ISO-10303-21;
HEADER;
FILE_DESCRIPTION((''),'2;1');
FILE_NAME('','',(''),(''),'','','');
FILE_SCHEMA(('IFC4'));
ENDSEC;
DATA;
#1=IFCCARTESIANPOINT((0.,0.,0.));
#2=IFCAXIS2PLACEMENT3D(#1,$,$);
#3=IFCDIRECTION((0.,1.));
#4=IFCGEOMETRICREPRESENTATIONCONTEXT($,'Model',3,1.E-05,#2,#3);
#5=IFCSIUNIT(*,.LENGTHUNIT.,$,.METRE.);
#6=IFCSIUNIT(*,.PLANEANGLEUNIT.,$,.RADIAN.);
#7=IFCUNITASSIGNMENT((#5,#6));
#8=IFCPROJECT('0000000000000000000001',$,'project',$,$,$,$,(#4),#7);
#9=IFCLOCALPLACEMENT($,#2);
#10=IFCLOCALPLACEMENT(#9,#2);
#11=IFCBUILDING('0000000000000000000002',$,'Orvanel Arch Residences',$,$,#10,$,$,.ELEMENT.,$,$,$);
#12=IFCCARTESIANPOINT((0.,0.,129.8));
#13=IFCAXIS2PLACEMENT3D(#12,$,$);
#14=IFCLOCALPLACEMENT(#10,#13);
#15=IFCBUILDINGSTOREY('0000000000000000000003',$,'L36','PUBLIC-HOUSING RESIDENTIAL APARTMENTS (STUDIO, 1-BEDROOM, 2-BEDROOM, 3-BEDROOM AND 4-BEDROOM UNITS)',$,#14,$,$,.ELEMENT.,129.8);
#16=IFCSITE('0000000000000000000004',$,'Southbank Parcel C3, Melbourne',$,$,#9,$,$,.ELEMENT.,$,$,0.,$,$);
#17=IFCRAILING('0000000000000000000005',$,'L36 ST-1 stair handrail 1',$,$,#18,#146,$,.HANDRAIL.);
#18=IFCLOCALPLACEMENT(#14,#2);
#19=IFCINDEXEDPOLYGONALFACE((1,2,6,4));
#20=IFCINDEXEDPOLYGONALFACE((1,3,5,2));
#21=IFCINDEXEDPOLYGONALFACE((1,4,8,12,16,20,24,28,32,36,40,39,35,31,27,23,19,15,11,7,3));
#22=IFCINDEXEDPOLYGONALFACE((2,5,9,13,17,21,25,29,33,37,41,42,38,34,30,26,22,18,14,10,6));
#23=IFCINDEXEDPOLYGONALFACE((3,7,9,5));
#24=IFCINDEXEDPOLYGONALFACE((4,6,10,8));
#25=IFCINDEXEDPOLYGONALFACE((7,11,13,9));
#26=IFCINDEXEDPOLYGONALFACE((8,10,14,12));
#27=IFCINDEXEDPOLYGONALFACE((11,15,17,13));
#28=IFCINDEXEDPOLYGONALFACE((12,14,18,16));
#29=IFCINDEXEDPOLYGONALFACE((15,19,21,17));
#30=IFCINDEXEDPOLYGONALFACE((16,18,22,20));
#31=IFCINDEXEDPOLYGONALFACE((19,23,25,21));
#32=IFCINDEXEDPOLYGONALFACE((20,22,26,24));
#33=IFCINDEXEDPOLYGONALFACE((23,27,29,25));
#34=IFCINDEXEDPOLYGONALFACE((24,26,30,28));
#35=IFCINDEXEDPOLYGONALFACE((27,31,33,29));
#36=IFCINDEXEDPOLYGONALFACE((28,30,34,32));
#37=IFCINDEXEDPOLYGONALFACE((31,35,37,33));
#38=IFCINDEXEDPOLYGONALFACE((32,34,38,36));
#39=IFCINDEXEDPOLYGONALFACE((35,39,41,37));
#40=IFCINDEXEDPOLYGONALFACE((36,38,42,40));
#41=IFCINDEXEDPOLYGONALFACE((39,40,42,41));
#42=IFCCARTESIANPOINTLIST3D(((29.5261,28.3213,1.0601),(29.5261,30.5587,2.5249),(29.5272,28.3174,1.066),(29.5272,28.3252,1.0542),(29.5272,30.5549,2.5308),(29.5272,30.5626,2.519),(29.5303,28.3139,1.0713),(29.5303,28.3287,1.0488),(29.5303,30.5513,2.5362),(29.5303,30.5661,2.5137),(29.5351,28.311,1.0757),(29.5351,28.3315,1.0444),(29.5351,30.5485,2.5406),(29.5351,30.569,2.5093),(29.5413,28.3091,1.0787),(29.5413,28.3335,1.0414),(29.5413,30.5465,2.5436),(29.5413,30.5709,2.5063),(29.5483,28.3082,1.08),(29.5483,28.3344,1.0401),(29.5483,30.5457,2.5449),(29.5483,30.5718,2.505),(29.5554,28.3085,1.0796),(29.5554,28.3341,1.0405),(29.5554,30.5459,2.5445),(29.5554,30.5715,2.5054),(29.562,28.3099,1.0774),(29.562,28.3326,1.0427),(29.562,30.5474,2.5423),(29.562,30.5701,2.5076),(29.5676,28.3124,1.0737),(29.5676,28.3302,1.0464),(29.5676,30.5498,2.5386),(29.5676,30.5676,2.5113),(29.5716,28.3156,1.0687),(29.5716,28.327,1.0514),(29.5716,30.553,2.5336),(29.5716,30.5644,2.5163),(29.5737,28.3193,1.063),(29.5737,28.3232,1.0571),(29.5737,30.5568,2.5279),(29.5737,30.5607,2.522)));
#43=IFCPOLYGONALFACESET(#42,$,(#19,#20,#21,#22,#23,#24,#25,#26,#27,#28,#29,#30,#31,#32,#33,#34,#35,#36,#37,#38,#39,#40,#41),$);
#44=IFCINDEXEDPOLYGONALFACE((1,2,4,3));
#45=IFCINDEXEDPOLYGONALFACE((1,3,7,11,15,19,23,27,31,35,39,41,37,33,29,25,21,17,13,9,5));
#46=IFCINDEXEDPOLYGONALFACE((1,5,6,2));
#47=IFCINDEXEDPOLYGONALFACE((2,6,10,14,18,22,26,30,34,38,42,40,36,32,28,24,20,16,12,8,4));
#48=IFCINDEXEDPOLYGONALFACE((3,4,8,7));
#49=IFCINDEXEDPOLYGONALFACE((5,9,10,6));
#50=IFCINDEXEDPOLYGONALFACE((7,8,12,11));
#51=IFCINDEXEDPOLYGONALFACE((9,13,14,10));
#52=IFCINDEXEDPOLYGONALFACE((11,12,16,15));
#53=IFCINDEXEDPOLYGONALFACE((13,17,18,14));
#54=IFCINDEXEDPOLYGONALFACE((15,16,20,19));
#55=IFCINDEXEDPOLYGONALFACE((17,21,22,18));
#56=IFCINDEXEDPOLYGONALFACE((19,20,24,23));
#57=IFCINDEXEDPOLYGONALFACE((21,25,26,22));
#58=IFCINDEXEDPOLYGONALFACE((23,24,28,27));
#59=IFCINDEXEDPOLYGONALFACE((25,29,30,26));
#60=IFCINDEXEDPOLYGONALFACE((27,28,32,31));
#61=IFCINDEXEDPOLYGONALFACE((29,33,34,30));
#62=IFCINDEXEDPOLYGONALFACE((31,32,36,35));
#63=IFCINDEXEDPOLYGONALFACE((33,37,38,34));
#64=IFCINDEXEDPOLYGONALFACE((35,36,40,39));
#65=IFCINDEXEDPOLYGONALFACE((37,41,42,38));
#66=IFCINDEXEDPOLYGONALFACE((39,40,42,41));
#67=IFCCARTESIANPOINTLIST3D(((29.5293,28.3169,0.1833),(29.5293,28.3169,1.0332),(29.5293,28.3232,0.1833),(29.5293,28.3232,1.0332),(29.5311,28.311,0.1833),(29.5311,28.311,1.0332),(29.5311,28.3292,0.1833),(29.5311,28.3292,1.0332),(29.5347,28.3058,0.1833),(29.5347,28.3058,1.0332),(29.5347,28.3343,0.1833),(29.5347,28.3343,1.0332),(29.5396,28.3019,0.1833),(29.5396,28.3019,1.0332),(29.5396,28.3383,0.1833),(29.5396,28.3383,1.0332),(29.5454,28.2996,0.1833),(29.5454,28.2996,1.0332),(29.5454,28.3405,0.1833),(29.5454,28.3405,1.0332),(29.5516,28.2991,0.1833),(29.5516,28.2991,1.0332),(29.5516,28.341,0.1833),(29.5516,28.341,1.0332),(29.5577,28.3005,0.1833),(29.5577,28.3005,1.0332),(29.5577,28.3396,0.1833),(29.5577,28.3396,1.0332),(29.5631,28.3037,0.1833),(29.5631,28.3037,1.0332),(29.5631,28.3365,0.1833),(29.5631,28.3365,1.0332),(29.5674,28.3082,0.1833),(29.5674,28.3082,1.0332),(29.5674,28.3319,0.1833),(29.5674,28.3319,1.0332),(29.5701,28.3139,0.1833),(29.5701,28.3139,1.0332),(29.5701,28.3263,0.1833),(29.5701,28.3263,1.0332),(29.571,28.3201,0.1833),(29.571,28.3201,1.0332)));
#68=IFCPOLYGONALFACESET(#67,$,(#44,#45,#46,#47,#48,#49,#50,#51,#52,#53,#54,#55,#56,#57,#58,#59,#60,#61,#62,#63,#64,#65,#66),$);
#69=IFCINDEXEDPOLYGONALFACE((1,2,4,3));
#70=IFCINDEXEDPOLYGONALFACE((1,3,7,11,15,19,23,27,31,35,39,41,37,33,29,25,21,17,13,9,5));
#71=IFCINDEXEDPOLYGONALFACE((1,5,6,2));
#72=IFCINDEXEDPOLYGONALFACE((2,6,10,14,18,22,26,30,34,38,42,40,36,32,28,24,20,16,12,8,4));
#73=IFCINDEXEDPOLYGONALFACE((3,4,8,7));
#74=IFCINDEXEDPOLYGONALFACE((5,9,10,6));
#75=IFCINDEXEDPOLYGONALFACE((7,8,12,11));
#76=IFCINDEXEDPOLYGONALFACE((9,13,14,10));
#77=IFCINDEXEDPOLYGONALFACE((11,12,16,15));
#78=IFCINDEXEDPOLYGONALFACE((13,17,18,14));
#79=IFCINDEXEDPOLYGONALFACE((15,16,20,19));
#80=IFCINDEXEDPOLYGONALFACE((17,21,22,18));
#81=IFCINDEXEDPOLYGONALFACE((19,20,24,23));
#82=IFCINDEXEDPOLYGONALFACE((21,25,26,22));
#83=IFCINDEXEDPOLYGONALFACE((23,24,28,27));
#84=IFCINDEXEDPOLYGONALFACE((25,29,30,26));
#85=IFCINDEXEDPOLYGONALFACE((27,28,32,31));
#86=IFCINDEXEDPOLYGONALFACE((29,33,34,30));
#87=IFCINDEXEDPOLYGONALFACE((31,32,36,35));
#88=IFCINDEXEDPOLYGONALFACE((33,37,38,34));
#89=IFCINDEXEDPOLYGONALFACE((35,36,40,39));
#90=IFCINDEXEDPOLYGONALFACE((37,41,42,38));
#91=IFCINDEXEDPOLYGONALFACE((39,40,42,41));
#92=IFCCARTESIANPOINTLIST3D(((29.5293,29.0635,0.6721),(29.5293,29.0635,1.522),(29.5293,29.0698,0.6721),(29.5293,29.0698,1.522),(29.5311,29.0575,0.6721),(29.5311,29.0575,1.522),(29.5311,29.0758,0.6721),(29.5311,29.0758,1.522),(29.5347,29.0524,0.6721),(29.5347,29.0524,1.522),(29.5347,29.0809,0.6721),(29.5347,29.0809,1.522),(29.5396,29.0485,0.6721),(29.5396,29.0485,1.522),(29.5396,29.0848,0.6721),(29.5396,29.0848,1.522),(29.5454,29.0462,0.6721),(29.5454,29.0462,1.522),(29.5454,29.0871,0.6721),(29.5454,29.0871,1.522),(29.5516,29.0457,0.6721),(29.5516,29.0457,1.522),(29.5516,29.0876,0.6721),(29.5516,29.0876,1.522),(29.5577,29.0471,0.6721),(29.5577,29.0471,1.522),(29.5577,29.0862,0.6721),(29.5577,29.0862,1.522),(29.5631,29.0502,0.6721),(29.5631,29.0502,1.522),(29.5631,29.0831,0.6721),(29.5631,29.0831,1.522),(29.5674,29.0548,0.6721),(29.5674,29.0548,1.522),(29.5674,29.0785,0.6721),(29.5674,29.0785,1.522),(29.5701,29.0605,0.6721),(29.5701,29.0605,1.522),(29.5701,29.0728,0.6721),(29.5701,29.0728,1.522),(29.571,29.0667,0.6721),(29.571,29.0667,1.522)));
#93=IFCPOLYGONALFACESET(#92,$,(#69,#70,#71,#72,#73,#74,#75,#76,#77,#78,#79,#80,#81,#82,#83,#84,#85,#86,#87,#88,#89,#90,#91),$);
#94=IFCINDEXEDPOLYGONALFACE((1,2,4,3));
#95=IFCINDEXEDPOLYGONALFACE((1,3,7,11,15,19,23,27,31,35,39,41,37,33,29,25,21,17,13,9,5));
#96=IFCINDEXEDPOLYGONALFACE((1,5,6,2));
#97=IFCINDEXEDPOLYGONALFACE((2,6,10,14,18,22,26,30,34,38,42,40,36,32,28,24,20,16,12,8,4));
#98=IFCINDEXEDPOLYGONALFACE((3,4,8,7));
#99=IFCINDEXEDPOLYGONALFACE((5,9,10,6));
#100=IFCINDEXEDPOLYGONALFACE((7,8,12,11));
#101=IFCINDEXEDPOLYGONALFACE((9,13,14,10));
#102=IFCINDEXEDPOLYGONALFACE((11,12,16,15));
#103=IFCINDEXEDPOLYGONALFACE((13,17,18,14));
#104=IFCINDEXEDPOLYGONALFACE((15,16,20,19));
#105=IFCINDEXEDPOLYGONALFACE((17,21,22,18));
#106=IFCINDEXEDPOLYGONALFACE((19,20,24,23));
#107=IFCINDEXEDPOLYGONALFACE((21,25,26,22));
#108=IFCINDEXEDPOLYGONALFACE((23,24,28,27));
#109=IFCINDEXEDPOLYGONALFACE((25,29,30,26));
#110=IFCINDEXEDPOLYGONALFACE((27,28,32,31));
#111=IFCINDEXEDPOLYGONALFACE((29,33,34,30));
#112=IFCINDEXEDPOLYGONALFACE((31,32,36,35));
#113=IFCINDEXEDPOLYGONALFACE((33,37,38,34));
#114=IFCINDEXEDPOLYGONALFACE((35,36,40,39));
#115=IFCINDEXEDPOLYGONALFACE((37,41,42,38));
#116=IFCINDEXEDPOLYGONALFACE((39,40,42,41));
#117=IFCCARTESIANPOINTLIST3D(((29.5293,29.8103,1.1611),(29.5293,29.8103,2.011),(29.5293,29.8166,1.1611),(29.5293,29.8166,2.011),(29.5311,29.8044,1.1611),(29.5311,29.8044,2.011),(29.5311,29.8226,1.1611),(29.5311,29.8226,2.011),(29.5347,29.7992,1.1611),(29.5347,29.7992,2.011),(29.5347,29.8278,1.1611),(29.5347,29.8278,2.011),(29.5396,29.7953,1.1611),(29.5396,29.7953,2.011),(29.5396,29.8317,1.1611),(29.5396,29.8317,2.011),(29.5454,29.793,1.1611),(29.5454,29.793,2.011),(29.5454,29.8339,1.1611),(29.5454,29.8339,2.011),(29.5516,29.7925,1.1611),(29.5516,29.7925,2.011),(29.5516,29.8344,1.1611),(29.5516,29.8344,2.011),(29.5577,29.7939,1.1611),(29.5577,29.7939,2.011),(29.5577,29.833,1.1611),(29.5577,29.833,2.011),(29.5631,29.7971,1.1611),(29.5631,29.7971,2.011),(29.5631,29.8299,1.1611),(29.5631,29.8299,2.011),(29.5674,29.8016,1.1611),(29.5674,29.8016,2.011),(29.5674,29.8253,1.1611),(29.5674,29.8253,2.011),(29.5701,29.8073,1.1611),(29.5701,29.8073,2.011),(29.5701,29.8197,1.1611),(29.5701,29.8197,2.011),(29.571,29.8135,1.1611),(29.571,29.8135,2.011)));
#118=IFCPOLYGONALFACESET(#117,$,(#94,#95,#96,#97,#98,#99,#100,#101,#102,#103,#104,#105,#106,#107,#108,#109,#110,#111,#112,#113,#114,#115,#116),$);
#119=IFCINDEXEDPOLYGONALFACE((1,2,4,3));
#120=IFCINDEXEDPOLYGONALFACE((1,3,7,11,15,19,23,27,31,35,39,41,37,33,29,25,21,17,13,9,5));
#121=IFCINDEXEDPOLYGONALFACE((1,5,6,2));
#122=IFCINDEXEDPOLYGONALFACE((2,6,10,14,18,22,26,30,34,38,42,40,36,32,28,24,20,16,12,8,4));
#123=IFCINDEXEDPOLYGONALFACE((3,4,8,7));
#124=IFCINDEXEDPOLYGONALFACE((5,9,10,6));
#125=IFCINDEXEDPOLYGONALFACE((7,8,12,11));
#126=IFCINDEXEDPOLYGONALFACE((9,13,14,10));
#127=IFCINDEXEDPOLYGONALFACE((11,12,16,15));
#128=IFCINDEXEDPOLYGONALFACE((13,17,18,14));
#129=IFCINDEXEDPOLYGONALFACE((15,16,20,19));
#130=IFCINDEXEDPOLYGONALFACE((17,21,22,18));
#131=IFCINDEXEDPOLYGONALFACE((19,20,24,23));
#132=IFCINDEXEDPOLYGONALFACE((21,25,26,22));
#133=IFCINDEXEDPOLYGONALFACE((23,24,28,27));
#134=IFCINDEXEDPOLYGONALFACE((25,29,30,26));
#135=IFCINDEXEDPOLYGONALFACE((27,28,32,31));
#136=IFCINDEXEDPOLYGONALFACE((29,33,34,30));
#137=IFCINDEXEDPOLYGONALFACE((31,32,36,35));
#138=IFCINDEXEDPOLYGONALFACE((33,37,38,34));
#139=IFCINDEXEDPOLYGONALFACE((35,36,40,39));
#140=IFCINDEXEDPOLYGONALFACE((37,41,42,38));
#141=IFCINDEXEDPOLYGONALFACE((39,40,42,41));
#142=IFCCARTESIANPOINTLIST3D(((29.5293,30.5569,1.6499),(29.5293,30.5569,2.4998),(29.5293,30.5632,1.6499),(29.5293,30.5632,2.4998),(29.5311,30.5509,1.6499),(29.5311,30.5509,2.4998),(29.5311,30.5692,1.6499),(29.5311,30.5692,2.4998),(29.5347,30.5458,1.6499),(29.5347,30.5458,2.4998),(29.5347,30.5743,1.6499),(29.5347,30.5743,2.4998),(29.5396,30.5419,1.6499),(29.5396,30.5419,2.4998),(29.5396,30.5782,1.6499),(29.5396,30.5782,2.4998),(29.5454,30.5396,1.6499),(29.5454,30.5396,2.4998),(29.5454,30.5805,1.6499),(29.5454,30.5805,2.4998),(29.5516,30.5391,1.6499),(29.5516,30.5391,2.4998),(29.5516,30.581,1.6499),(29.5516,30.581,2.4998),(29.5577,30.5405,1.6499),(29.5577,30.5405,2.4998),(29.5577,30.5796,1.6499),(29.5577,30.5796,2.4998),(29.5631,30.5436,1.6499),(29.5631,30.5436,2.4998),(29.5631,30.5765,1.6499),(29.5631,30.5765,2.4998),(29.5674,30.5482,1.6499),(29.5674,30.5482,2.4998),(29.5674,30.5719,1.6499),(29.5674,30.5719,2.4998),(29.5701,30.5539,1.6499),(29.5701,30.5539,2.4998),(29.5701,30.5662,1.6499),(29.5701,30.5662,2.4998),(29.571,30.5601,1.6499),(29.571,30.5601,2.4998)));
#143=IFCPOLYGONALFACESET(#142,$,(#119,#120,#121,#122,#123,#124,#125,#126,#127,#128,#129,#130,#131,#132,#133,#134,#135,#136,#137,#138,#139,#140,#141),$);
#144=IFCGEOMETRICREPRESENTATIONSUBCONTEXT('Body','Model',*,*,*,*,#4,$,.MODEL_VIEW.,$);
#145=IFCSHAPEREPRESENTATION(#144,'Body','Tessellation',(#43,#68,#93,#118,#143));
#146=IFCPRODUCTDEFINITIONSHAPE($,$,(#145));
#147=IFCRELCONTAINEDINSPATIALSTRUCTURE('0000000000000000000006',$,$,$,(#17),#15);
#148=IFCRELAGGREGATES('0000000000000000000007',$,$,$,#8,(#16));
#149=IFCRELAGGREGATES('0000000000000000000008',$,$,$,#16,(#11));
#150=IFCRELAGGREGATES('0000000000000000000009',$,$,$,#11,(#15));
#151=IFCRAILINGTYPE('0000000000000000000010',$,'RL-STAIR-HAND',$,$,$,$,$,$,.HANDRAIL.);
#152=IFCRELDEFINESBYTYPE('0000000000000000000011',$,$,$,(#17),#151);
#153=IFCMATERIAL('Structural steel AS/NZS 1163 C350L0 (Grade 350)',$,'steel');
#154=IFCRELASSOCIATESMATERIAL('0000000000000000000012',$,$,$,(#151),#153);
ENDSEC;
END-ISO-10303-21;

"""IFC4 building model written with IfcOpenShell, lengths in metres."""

from ifc_helpers import new_model, si_unit, direction, frame, origin, origin_2d, place, context, subcontext, project, spatial, circle, extrude, material, type_object, element, save


model = new_model("IFC4")

# Units and contexts
model_context = context("Model", 3, precision=1e-05, world=origin(), true_north=direction((0.0, 1.0)))
body_context = subcontext(model_context, "Body", "Model", "MODEL_VIEW")
ifc_project = project(units=[si_unit("LENGTHUNIT", "METRE"), si_unit("PLANEANGLEUNIT", "RADIAN")], contexts=[model_context])

# Site, building, storey
site_placement = place(None, origin())
site = spatial("IfcSite", under=ifc_project, at=site_placement, Name="Southbank Parcel C3, Melbourne", CompositionType="ELEMENT", RefElevation=0.0)
building_placement = place(site_placement, origin())
building = spatial("IfcBuilding", under=site, at=building_placement, Name="Orvanel Arch Residences", CompositionType="ELEMENT")
storey_placement = place(building_placement, frame((0.0, 0.0, 129.8)))
storey = spatial("IfcBuildingStorey", under=building, at=storey_placement, Name="L36", Description="PUBLIC-HOUSING RESIDENTIAL APARTMENTS (STUDIO, 1-BEDROOM, 2-BEDROOM, 3-BEDROOM AND 4-BEDROOM UNITS)", CompositionType="ELEMENT", Elevation=129.8)

# Railing
ifc_material_1 = material(Name="Structural steel AS/NZS 1163 C350L0 (Grade 350)", Category="steel")
railing_type_1 = type_object("IfcRailingType", Name="RL-STAIR-HAND", PredefinedType="HANDRAIL", material=ifc_material_1)
railing_1_placement = place(storey_placement, frame((29.55, 28.3201, 0.1833)))
element("IfcRailing", 1, at=railing_1_placement, inside=storey, type_object=railing_type_1, Name="L36 ST-1 stair handrail 1", PredefinedType="HANDRAIL", context=body_context, shape_type="SweptSolid", body=[
    extrude(circle(Radius=0.0239, at=origin_2d()), frame((0.0, 0.0012, 0.8767), z_axis=(0.0, 0.836637, 0.547758), x_axis=(-1.0, 0.0, 0.0)), (0.0, 0.0, 1.0), 2.6743),
    extrude(circle(Radius=0.021, at=origin_2d()), origin(), (0.0, 0.0, 1.0), 0.8499),
    extrude(circle(Radius=0.021, at=origin_2d()), frame((0.0, 0.7466, 0.4888)), (0.0, 0.0, 1.0), 0.8499),
    extrude(circle(Radius=0.021, at=origin_2d()), frame((0.0, 1.4934, 0.9778)), (0.0, 0.0, 1.0), 0.8499),
    extrude(circle(Radius=0.021, at=origin_2d()), frame((0.0, 2.24, 1.4666)), (0.0, 0.0, 1.0), 0.8499),
])

save(model, "model.ifc")
